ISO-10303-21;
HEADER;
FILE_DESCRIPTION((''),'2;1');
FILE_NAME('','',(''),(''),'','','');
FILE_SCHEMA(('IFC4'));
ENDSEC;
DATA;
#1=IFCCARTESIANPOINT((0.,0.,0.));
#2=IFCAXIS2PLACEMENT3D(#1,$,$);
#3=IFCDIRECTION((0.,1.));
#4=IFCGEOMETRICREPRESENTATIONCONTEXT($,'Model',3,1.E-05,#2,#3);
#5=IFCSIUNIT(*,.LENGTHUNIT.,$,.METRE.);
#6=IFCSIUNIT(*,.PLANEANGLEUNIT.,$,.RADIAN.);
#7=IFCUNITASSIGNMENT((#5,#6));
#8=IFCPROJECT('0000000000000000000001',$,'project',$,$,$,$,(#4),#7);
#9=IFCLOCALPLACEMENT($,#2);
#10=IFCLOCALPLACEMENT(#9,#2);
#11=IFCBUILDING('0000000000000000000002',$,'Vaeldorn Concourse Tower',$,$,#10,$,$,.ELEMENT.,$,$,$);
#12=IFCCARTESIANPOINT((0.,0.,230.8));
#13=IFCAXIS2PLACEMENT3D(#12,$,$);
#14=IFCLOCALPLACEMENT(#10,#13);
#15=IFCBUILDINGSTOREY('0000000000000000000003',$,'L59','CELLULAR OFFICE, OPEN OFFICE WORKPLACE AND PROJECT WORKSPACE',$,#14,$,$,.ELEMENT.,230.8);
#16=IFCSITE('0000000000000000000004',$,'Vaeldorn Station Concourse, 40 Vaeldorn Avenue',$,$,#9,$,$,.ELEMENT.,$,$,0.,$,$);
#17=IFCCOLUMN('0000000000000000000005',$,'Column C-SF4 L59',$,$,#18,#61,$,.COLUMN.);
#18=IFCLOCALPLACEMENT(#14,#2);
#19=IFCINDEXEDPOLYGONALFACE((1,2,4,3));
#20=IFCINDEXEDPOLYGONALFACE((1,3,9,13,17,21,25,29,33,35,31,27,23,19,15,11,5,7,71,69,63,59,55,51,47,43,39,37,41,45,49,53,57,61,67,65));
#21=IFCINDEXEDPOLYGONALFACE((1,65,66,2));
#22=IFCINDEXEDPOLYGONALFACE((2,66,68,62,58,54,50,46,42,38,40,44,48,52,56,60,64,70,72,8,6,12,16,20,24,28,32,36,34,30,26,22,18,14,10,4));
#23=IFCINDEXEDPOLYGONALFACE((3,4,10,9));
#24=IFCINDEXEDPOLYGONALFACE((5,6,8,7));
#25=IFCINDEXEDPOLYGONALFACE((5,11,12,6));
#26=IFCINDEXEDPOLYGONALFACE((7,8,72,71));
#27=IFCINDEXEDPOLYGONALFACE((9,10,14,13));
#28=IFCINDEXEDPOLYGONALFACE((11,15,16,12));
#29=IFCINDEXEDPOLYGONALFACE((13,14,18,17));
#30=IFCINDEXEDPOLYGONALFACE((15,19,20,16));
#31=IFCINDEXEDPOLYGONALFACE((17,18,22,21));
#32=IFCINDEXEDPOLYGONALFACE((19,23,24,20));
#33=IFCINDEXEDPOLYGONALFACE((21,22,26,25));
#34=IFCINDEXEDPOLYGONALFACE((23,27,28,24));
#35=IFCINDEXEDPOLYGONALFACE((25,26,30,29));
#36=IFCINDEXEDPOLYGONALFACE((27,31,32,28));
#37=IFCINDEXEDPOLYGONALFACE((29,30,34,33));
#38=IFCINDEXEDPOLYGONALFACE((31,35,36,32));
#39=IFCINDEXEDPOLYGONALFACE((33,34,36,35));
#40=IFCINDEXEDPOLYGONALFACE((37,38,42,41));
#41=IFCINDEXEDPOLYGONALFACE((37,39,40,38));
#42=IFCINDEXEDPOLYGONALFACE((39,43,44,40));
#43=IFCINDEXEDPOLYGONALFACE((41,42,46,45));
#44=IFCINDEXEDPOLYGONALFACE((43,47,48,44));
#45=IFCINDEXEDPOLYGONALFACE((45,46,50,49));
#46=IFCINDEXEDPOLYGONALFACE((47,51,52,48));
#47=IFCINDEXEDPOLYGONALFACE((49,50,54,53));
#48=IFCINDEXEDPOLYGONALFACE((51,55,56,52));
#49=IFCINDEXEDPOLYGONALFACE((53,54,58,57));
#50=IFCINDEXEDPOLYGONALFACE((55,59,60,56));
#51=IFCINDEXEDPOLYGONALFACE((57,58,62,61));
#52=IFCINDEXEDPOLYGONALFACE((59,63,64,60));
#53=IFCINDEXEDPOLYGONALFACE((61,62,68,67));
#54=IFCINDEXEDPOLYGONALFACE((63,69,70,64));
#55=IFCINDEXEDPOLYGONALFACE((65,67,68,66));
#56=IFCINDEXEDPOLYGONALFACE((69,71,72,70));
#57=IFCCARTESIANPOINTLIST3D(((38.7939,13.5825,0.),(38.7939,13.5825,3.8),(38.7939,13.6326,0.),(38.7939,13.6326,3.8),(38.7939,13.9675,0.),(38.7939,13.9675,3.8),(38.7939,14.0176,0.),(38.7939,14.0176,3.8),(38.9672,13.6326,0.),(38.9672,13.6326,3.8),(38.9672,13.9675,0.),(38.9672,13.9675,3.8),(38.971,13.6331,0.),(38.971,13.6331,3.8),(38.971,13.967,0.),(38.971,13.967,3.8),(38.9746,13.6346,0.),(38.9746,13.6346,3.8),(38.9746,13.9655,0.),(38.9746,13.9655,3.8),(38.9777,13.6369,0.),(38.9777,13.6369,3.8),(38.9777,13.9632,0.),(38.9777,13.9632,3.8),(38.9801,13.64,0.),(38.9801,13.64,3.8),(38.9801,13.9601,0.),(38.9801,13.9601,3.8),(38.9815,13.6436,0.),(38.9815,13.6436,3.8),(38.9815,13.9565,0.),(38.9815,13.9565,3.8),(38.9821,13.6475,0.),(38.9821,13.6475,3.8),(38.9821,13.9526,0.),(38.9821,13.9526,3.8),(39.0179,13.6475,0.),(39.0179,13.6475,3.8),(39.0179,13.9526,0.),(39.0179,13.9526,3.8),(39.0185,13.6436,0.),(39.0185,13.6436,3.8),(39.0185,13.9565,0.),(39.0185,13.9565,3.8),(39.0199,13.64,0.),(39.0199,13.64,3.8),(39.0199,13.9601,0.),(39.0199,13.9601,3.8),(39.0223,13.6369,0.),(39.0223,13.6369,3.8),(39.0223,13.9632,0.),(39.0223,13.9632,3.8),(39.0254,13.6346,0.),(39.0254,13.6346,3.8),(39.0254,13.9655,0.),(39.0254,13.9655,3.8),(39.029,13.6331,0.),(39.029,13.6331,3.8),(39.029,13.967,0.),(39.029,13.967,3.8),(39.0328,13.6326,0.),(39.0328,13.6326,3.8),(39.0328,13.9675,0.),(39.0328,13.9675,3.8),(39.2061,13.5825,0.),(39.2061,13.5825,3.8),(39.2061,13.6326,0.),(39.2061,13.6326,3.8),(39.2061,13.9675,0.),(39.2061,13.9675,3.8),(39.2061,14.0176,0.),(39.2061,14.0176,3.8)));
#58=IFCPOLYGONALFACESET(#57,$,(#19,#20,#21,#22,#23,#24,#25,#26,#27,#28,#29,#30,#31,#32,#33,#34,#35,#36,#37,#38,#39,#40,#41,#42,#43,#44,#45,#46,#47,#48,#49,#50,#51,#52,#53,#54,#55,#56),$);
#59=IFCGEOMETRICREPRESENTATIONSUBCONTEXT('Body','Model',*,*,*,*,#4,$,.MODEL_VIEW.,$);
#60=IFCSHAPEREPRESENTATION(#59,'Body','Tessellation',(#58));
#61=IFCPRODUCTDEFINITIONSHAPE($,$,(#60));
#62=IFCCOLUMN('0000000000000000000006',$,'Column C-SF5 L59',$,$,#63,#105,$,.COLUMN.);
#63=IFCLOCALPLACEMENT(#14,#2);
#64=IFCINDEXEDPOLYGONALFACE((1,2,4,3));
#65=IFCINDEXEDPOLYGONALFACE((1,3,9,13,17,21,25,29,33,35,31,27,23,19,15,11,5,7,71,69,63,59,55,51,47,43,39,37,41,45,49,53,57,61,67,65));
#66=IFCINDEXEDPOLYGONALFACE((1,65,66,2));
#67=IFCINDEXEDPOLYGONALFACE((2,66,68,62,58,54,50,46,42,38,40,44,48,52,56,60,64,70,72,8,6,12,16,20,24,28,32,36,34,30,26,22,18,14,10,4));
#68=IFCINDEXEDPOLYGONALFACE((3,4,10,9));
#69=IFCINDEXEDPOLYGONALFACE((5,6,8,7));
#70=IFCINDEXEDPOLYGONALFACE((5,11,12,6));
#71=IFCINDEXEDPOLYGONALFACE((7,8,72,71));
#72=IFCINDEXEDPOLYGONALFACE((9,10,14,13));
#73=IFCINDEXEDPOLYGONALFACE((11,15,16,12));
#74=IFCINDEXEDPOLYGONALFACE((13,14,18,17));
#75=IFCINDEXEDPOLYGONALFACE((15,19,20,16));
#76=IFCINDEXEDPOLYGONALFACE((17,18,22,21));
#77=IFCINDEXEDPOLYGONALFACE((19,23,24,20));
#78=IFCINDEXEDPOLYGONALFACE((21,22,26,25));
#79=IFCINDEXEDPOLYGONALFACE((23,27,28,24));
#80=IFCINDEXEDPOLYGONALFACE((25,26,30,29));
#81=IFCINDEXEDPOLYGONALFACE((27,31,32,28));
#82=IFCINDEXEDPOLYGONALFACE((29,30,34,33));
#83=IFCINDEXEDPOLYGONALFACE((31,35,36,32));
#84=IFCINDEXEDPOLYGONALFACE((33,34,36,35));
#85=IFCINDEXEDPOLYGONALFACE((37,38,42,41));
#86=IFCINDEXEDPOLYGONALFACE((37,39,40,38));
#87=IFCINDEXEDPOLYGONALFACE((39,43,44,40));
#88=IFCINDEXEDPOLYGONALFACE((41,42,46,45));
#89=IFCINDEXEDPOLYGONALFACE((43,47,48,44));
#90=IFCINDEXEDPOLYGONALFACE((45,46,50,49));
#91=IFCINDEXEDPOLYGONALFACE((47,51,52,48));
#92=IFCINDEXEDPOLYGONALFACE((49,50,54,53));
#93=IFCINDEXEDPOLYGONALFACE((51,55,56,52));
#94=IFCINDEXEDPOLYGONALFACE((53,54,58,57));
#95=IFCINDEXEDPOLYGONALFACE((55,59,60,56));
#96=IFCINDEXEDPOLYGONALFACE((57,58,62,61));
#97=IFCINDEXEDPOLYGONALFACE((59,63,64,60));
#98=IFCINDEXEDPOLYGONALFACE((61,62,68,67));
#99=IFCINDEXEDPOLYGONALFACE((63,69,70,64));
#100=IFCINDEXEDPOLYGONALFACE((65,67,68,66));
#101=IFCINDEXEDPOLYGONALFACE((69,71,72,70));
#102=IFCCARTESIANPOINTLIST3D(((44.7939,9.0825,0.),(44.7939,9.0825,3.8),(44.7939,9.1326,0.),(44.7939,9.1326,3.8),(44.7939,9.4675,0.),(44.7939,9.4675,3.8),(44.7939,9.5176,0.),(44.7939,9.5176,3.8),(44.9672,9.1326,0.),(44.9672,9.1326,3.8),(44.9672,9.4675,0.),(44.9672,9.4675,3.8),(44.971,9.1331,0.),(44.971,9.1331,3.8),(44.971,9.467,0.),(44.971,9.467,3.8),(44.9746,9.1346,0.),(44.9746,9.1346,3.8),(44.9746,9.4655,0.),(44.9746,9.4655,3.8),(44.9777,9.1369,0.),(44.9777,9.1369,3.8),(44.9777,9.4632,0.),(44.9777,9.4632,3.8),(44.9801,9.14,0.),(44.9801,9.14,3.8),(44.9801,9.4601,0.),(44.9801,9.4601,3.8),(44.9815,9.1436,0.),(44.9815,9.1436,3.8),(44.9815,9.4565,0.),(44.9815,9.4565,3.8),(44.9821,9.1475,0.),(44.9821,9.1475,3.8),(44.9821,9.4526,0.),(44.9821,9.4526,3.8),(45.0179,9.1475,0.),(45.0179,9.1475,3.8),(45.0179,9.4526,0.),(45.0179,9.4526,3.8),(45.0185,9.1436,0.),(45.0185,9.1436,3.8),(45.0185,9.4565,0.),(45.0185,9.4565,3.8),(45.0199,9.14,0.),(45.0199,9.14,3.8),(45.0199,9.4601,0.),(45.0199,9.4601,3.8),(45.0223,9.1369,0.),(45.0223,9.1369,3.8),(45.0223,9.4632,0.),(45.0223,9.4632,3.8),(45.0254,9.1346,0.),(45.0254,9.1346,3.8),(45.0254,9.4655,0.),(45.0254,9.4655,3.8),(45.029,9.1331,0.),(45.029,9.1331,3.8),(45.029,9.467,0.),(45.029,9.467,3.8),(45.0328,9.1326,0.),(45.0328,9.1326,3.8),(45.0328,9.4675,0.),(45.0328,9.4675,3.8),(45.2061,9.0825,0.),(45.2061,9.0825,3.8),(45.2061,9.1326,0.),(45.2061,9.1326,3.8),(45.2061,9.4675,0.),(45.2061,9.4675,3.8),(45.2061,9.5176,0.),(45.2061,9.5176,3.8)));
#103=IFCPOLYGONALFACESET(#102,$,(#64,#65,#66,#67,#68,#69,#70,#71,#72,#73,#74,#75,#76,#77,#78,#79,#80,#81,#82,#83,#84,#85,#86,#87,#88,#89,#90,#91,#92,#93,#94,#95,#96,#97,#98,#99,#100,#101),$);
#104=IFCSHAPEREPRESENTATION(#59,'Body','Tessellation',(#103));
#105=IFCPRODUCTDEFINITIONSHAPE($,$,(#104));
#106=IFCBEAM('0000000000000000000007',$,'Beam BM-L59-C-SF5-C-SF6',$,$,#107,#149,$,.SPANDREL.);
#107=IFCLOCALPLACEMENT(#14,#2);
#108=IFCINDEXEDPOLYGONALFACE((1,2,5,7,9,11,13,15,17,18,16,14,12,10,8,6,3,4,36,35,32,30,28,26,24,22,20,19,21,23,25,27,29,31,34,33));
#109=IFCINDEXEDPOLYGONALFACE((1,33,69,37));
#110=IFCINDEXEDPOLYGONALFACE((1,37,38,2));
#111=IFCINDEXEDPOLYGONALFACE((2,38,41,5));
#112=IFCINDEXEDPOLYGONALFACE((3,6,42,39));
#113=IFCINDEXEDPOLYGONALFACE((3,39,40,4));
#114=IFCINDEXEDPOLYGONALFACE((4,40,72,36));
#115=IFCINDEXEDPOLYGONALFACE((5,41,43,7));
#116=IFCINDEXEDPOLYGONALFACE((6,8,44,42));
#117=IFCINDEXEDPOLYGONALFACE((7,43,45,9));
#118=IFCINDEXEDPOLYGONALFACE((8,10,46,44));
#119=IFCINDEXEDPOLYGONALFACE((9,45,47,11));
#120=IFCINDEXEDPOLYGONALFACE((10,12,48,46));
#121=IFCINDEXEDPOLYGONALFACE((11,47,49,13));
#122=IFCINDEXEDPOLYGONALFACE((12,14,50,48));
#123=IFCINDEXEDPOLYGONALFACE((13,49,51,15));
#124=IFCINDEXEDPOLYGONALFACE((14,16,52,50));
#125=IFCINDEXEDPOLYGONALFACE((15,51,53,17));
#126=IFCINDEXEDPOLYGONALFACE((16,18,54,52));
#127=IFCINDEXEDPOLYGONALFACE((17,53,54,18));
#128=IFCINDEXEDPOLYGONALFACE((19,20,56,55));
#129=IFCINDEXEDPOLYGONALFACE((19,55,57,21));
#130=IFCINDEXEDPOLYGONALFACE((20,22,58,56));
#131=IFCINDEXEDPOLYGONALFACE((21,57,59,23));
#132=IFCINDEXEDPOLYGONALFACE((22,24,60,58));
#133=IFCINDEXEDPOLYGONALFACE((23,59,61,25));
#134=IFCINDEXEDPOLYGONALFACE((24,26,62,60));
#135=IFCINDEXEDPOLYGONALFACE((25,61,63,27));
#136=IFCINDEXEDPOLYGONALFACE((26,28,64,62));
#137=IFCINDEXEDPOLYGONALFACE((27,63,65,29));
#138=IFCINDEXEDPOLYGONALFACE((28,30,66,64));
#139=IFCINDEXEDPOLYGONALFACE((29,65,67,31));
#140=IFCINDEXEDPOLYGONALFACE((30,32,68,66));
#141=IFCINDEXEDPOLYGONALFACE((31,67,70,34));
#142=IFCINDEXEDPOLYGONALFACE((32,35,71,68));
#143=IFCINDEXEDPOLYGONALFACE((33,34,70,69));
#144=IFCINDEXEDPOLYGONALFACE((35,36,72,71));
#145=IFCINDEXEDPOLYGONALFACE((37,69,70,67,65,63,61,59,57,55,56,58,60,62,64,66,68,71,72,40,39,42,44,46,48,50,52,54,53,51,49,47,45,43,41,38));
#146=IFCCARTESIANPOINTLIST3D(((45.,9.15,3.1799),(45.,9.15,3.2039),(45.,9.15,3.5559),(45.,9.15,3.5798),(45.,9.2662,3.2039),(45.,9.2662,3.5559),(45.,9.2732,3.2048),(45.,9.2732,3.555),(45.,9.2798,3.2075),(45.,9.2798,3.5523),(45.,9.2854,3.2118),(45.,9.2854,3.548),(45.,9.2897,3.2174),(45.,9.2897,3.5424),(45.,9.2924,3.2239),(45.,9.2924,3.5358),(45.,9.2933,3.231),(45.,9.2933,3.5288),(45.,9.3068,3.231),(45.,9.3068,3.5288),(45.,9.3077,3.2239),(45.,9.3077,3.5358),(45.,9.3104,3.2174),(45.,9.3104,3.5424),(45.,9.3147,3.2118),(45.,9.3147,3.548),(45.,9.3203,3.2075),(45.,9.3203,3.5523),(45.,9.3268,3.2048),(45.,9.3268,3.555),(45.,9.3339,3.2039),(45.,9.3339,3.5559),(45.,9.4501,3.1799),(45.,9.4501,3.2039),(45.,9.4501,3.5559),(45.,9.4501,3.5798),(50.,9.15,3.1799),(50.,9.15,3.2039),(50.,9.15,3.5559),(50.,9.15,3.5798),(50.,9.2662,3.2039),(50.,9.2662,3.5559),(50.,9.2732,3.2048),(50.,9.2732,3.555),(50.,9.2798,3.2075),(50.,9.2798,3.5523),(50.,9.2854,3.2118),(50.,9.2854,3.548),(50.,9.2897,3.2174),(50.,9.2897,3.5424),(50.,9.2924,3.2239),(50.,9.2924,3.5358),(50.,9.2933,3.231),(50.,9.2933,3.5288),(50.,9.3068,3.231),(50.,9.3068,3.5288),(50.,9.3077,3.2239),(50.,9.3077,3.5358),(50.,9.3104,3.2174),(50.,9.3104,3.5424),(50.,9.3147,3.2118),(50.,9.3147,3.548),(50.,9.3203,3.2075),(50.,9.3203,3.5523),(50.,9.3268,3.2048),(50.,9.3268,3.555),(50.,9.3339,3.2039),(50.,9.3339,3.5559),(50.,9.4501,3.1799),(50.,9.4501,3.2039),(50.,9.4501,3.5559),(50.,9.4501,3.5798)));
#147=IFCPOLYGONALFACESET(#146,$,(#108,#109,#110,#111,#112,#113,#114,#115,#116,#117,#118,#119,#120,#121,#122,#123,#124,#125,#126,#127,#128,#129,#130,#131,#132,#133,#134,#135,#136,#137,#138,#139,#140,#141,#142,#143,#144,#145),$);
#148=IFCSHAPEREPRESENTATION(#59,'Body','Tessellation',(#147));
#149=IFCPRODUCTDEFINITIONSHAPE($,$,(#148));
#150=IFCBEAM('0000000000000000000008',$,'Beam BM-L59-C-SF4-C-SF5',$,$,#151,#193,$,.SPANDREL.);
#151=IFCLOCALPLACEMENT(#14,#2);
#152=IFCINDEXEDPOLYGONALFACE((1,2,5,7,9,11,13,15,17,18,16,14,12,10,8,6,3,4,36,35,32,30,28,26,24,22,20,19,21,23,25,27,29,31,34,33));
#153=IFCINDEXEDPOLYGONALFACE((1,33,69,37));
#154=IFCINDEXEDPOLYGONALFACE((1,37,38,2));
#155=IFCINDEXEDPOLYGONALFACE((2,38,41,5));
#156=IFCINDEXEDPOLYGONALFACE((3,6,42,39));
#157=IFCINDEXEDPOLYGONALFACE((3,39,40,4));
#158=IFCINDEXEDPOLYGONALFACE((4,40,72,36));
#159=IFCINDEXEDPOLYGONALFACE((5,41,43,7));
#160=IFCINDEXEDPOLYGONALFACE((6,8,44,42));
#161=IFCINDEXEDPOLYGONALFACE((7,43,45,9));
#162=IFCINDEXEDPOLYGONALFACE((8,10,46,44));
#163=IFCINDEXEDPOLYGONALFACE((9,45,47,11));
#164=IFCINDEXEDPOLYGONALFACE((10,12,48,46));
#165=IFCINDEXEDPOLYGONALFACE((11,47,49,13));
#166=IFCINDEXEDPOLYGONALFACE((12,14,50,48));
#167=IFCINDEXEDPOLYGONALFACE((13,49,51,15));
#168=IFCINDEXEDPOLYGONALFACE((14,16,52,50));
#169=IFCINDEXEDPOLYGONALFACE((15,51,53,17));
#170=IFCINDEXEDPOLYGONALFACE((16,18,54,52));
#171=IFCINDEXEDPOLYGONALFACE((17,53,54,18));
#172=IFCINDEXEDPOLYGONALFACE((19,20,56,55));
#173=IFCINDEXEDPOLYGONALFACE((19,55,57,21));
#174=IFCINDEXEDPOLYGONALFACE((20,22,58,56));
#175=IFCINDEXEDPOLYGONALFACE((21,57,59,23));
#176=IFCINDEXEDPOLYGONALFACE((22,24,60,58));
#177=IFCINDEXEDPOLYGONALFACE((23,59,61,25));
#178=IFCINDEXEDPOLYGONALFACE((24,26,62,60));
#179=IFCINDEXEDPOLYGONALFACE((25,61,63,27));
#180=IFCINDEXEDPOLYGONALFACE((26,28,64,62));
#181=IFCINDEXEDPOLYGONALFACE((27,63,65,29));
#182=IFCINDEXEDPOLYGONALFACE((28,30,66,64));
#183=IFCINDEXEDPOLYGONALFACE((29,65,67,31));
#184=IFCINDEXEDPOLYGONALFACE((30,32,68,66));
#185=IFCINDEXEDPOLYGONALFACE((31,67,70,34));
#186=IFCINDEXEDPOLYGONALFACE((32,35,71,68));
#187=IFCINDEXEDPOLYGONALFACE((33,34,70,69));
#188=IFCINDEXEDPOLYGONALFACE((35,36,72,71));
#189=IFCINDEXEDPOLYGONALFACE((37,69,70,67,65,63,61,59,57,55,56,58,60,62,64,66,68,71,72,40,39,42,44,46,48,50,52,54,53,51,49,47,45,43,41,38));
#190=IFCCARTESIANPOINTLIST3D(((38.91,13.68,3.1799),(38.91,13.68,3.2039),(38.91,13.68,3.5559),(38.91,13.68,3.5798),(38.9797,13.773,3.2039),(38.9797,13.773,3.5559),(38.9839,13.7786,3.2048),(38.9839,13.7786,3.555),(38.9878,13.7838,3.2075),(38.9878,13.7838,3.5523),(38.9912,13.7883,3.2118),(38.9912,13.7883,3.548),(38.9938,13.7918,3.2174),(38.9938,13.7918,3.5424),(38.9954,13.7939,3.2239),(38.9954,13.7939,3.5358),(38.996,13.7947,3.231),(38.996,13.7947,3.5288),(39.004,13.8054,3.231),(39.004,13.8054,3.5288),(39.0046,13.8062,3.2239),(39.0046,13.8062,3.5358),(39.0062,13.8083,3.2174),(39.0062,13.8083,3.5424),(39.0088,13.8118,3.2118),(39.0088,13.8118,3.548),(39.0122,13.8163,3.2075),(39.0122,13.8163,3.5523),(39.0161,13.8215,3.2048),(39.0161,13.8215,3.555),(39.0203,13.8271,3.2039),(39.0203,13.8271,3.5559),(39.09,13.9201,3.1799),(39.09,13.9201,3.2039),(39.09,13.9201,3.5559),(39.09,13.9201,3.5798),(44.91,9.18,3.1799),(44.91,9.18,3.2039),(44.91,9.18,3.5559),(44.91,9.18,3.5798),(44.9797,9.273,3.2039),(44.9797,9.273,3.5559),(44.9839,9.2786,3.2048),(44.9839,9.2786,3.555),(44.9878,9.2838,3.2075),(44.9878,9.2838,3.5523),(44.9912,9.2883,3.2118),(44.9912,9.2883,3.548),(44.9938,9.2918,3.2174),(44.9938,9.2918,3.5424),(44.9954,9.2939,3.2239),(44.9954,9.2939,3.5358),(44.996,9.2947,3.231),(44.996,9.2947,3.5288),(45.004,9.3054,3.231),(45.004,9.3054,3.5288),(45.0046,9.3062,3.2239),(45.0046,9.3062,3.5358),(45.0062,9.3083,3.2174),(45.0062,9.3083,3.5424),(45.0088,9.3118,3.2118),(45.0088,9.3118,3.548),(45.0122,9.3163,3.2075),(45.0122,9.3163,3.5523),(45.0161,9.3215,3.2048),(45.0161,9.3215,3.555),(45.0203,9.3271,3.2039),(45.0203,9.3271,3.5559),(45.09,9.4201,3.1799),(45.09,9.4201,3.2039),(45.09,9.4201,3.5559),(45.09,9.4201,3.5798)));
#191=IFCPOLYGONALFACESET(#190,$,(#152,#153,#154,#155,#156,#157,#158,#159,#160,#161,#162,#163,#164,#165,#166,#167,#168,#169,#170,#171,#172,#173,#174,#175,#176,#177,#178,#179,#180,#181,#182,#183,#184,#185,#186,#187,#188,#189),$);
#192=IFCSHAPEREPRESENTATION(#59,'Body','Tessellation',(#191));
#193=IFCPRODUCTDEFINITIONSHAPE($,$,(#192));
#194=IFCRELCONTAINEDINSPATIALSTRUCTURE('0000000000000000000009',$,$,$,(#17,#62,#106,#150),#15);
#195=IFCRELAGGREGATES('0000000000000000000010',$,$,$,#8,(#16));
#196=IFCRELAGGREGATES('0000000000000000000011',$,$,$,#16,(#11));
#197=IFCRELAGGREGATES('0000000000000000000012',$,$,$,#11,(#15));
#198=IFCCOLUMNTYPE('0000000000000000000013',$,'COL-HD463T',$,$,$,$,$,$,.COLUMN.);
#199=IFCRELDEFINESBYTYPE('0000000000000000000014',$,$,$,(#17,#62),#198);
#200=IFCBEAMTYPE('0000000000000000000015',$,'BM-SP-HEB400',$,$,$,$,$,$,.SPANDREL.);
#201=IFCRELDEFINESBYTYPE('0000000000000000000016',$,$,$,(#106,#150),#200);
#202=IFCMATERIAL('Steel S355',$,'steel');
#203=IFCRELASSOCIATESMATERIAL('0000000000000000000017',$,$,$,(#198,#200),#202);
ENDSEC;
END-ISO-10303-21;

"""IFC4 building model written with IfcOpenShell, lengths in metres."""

from ifc_helpers import new_model, si_unit, direction, frame, origin, origin_2d, place, context, subcontext, project, spatial, i_section, extrude, source, transform, mapped, material, material_profile, profile_set, type_object, element, save


model = new_model("IFC4")

# Units and contexts
model_context = context("Model", 3, precision=1e-05, world=origin(), true_north=direction((0.0, 1.0)))
body_context = subcontext(model_context, "Body", "Model", "MODEL_VIEW")
ifc_project = project(units=[si_unit("LENGTHUNIT", "METRE"), si_unit("PLANEANGLEUNIT", "RADIAN")], contexts=[model_context])

# Site, building, storey
site_placement = place(None, origin())
site = spatial("IfcSite", under=ifc_project, at=site_placement, Name="Vaeldorn Station Concourse, 40 Vaeldorn Avenue", CompositionType="ELEMENT", RefElevation=0.0)
building_placement = place(site_placement, origin())
building = spatial("IfcBuilding", under=site, at=building_placement, Name="Vaeldorn Concourse Tower", CompositionType="ELEMENT")
storey_placement = place(building_placement, frame((0.0, 0.0, 230.8)))
storey = spatial("IfcBuildingStorey", under=building, at=storey_placement, Name="L59", Description="CELLULAR OFFICE, OPEN OFFICE WORKPLACE AND PROJECT WORKSPACE", CompositionType="ELEMENT", Elevation=230.8)

# Columns
ifc_material_1 = material(Name="Steel S355", Category="steel")
ifc_material_profile_1 = material_profile(ifc_material_1, i_section(OverallWidth=0.4121, OverallDepth=0.4351, WebThickness=0.0359, FlangeThickness=0.05, FilletRadius=0.0149, at=origin_2d()), Name="HD 400x463")
ifc_profile_set_1 = profile_set([ifc_material_profile_1], Name="Steel S355")
column_type = type_object("IfcColumnType", Name="COL-HD463T", PredefinedType="COLUMN", material=ifc_profile_set_1)
shared_shape_1 = source(origin(), body_context, "Body", "SweptSolid", [
    extrude(i_section(OverallWidth=0.4121, OverallDepth=0.4351, WebThickness=0.0359, FlangeThickness=0.05, FilletRadius=0.0149, at=origin_2d()), origin(), (0.0, 0.0, 1.0), 3.8),
])
for number, where, z_axis, x_axis, name in (
    (1, (39.0, 13.8, 0.0), (0.0, 0.0, 1.0), (1.0, 0.0, 0.0), "Column C-SF4 L59"),
    (2, (45.0, 9.3, 0.0), (0.0, 0.0, 1.0), (1.0, 0.0, 0.0), "Column C-SF5 L59"),
):
    element("IfcColumn", number, at=place(storey_placement, frame(where, z_axis=z_axis, x_axis=x_axis)), inside=storey, type_object=column_type, Name=name, PredefinedType="COLUMN", context=body_context, shape_type="MappedRepresentation", body=[
        mapped(shared_shape_1, transform((0.0, 0.0, 0.0), scale=1.0)),
    ])

# Beams
ifc_material_profile_2 = material_profile(ifc_material_1, i_section(OverallWidth=0.3, OverallDepth=0.3999, WebThickness=0.0134, FlangeThickness=0.0239, FilletRadius=0.0271, at=origin_2d()), Name="HEB 400")
ifc_profile_set_2 = profile_set([ifc_material_profile_2], Name="Steel S355")
beam_type_1 = type_object("IfcBeamType", Name="BM-SP-HEB400", PredefinedType="SPANDREL", material=ifc_profile_set_2)
shared_shape_2 = source(origin(), body_context, "Body", "SweptSolid", [
    extrude(i_section(OverallWidth=0.3, OverallDepth=0.3999, WebThickness=0.0134, FlangeThickness=0.0239, FilletRadius=0.0271, at=origin_2d()), origin(), (0.0, 0.0, 1.0), 5.0),
])
beam_1_placement = place(storey_placement, frame((45.0, 9.3, 3.3799), z_axis=(1.0, 0.0, 0.0), x_axis=(0.0, 1.0, 0.0)))
element("IfcBeam", 3, at=beam_1_placement, inside=storey, type_object=beam_type_1, Name="Beam BM-L59-C-SF5-C-SF6", PredefinedType="SPANDREL", context=body_context, shape_type="MappedRepresentation", body=[
    mapped(shared_shape_2, transform((0.0, 0.0, 0.0), scale=1.0)),
])
shared_shape_3 = source(origin(), body_context, "Body", "SweptSolid", [
    extrude(i_section(OverallWidth=0.3, OverallDepth=0.3999, WebThickness=0.0134, FlangeThickness=0.0239, FilletRadius=0.0271, at=origin_2d()), origin(), (0.0, 0.0, 1.0), 7.5),
])
beam_2_placement = place(storey_placement, frame((39.0, 13.8, 3.3799), z_axis=(0.8, -0.6, 0.0), x_axis=(0.6, 0.8, 0.0)))
element("IfcBeam", 4, at=beam_2_placement, inside=storey, type_object=beam_type_1, Name="Beam BM-L59-C-SF4-C-SF5", PredefinedType="SPANDREL", context=body_context, shape_type="MappedRepresentation", body=[
    mapped(shared_shape_3, transform((0.0, 0.0, 0.0), scale=1.0)),
])

save(model, "model.ifc")
